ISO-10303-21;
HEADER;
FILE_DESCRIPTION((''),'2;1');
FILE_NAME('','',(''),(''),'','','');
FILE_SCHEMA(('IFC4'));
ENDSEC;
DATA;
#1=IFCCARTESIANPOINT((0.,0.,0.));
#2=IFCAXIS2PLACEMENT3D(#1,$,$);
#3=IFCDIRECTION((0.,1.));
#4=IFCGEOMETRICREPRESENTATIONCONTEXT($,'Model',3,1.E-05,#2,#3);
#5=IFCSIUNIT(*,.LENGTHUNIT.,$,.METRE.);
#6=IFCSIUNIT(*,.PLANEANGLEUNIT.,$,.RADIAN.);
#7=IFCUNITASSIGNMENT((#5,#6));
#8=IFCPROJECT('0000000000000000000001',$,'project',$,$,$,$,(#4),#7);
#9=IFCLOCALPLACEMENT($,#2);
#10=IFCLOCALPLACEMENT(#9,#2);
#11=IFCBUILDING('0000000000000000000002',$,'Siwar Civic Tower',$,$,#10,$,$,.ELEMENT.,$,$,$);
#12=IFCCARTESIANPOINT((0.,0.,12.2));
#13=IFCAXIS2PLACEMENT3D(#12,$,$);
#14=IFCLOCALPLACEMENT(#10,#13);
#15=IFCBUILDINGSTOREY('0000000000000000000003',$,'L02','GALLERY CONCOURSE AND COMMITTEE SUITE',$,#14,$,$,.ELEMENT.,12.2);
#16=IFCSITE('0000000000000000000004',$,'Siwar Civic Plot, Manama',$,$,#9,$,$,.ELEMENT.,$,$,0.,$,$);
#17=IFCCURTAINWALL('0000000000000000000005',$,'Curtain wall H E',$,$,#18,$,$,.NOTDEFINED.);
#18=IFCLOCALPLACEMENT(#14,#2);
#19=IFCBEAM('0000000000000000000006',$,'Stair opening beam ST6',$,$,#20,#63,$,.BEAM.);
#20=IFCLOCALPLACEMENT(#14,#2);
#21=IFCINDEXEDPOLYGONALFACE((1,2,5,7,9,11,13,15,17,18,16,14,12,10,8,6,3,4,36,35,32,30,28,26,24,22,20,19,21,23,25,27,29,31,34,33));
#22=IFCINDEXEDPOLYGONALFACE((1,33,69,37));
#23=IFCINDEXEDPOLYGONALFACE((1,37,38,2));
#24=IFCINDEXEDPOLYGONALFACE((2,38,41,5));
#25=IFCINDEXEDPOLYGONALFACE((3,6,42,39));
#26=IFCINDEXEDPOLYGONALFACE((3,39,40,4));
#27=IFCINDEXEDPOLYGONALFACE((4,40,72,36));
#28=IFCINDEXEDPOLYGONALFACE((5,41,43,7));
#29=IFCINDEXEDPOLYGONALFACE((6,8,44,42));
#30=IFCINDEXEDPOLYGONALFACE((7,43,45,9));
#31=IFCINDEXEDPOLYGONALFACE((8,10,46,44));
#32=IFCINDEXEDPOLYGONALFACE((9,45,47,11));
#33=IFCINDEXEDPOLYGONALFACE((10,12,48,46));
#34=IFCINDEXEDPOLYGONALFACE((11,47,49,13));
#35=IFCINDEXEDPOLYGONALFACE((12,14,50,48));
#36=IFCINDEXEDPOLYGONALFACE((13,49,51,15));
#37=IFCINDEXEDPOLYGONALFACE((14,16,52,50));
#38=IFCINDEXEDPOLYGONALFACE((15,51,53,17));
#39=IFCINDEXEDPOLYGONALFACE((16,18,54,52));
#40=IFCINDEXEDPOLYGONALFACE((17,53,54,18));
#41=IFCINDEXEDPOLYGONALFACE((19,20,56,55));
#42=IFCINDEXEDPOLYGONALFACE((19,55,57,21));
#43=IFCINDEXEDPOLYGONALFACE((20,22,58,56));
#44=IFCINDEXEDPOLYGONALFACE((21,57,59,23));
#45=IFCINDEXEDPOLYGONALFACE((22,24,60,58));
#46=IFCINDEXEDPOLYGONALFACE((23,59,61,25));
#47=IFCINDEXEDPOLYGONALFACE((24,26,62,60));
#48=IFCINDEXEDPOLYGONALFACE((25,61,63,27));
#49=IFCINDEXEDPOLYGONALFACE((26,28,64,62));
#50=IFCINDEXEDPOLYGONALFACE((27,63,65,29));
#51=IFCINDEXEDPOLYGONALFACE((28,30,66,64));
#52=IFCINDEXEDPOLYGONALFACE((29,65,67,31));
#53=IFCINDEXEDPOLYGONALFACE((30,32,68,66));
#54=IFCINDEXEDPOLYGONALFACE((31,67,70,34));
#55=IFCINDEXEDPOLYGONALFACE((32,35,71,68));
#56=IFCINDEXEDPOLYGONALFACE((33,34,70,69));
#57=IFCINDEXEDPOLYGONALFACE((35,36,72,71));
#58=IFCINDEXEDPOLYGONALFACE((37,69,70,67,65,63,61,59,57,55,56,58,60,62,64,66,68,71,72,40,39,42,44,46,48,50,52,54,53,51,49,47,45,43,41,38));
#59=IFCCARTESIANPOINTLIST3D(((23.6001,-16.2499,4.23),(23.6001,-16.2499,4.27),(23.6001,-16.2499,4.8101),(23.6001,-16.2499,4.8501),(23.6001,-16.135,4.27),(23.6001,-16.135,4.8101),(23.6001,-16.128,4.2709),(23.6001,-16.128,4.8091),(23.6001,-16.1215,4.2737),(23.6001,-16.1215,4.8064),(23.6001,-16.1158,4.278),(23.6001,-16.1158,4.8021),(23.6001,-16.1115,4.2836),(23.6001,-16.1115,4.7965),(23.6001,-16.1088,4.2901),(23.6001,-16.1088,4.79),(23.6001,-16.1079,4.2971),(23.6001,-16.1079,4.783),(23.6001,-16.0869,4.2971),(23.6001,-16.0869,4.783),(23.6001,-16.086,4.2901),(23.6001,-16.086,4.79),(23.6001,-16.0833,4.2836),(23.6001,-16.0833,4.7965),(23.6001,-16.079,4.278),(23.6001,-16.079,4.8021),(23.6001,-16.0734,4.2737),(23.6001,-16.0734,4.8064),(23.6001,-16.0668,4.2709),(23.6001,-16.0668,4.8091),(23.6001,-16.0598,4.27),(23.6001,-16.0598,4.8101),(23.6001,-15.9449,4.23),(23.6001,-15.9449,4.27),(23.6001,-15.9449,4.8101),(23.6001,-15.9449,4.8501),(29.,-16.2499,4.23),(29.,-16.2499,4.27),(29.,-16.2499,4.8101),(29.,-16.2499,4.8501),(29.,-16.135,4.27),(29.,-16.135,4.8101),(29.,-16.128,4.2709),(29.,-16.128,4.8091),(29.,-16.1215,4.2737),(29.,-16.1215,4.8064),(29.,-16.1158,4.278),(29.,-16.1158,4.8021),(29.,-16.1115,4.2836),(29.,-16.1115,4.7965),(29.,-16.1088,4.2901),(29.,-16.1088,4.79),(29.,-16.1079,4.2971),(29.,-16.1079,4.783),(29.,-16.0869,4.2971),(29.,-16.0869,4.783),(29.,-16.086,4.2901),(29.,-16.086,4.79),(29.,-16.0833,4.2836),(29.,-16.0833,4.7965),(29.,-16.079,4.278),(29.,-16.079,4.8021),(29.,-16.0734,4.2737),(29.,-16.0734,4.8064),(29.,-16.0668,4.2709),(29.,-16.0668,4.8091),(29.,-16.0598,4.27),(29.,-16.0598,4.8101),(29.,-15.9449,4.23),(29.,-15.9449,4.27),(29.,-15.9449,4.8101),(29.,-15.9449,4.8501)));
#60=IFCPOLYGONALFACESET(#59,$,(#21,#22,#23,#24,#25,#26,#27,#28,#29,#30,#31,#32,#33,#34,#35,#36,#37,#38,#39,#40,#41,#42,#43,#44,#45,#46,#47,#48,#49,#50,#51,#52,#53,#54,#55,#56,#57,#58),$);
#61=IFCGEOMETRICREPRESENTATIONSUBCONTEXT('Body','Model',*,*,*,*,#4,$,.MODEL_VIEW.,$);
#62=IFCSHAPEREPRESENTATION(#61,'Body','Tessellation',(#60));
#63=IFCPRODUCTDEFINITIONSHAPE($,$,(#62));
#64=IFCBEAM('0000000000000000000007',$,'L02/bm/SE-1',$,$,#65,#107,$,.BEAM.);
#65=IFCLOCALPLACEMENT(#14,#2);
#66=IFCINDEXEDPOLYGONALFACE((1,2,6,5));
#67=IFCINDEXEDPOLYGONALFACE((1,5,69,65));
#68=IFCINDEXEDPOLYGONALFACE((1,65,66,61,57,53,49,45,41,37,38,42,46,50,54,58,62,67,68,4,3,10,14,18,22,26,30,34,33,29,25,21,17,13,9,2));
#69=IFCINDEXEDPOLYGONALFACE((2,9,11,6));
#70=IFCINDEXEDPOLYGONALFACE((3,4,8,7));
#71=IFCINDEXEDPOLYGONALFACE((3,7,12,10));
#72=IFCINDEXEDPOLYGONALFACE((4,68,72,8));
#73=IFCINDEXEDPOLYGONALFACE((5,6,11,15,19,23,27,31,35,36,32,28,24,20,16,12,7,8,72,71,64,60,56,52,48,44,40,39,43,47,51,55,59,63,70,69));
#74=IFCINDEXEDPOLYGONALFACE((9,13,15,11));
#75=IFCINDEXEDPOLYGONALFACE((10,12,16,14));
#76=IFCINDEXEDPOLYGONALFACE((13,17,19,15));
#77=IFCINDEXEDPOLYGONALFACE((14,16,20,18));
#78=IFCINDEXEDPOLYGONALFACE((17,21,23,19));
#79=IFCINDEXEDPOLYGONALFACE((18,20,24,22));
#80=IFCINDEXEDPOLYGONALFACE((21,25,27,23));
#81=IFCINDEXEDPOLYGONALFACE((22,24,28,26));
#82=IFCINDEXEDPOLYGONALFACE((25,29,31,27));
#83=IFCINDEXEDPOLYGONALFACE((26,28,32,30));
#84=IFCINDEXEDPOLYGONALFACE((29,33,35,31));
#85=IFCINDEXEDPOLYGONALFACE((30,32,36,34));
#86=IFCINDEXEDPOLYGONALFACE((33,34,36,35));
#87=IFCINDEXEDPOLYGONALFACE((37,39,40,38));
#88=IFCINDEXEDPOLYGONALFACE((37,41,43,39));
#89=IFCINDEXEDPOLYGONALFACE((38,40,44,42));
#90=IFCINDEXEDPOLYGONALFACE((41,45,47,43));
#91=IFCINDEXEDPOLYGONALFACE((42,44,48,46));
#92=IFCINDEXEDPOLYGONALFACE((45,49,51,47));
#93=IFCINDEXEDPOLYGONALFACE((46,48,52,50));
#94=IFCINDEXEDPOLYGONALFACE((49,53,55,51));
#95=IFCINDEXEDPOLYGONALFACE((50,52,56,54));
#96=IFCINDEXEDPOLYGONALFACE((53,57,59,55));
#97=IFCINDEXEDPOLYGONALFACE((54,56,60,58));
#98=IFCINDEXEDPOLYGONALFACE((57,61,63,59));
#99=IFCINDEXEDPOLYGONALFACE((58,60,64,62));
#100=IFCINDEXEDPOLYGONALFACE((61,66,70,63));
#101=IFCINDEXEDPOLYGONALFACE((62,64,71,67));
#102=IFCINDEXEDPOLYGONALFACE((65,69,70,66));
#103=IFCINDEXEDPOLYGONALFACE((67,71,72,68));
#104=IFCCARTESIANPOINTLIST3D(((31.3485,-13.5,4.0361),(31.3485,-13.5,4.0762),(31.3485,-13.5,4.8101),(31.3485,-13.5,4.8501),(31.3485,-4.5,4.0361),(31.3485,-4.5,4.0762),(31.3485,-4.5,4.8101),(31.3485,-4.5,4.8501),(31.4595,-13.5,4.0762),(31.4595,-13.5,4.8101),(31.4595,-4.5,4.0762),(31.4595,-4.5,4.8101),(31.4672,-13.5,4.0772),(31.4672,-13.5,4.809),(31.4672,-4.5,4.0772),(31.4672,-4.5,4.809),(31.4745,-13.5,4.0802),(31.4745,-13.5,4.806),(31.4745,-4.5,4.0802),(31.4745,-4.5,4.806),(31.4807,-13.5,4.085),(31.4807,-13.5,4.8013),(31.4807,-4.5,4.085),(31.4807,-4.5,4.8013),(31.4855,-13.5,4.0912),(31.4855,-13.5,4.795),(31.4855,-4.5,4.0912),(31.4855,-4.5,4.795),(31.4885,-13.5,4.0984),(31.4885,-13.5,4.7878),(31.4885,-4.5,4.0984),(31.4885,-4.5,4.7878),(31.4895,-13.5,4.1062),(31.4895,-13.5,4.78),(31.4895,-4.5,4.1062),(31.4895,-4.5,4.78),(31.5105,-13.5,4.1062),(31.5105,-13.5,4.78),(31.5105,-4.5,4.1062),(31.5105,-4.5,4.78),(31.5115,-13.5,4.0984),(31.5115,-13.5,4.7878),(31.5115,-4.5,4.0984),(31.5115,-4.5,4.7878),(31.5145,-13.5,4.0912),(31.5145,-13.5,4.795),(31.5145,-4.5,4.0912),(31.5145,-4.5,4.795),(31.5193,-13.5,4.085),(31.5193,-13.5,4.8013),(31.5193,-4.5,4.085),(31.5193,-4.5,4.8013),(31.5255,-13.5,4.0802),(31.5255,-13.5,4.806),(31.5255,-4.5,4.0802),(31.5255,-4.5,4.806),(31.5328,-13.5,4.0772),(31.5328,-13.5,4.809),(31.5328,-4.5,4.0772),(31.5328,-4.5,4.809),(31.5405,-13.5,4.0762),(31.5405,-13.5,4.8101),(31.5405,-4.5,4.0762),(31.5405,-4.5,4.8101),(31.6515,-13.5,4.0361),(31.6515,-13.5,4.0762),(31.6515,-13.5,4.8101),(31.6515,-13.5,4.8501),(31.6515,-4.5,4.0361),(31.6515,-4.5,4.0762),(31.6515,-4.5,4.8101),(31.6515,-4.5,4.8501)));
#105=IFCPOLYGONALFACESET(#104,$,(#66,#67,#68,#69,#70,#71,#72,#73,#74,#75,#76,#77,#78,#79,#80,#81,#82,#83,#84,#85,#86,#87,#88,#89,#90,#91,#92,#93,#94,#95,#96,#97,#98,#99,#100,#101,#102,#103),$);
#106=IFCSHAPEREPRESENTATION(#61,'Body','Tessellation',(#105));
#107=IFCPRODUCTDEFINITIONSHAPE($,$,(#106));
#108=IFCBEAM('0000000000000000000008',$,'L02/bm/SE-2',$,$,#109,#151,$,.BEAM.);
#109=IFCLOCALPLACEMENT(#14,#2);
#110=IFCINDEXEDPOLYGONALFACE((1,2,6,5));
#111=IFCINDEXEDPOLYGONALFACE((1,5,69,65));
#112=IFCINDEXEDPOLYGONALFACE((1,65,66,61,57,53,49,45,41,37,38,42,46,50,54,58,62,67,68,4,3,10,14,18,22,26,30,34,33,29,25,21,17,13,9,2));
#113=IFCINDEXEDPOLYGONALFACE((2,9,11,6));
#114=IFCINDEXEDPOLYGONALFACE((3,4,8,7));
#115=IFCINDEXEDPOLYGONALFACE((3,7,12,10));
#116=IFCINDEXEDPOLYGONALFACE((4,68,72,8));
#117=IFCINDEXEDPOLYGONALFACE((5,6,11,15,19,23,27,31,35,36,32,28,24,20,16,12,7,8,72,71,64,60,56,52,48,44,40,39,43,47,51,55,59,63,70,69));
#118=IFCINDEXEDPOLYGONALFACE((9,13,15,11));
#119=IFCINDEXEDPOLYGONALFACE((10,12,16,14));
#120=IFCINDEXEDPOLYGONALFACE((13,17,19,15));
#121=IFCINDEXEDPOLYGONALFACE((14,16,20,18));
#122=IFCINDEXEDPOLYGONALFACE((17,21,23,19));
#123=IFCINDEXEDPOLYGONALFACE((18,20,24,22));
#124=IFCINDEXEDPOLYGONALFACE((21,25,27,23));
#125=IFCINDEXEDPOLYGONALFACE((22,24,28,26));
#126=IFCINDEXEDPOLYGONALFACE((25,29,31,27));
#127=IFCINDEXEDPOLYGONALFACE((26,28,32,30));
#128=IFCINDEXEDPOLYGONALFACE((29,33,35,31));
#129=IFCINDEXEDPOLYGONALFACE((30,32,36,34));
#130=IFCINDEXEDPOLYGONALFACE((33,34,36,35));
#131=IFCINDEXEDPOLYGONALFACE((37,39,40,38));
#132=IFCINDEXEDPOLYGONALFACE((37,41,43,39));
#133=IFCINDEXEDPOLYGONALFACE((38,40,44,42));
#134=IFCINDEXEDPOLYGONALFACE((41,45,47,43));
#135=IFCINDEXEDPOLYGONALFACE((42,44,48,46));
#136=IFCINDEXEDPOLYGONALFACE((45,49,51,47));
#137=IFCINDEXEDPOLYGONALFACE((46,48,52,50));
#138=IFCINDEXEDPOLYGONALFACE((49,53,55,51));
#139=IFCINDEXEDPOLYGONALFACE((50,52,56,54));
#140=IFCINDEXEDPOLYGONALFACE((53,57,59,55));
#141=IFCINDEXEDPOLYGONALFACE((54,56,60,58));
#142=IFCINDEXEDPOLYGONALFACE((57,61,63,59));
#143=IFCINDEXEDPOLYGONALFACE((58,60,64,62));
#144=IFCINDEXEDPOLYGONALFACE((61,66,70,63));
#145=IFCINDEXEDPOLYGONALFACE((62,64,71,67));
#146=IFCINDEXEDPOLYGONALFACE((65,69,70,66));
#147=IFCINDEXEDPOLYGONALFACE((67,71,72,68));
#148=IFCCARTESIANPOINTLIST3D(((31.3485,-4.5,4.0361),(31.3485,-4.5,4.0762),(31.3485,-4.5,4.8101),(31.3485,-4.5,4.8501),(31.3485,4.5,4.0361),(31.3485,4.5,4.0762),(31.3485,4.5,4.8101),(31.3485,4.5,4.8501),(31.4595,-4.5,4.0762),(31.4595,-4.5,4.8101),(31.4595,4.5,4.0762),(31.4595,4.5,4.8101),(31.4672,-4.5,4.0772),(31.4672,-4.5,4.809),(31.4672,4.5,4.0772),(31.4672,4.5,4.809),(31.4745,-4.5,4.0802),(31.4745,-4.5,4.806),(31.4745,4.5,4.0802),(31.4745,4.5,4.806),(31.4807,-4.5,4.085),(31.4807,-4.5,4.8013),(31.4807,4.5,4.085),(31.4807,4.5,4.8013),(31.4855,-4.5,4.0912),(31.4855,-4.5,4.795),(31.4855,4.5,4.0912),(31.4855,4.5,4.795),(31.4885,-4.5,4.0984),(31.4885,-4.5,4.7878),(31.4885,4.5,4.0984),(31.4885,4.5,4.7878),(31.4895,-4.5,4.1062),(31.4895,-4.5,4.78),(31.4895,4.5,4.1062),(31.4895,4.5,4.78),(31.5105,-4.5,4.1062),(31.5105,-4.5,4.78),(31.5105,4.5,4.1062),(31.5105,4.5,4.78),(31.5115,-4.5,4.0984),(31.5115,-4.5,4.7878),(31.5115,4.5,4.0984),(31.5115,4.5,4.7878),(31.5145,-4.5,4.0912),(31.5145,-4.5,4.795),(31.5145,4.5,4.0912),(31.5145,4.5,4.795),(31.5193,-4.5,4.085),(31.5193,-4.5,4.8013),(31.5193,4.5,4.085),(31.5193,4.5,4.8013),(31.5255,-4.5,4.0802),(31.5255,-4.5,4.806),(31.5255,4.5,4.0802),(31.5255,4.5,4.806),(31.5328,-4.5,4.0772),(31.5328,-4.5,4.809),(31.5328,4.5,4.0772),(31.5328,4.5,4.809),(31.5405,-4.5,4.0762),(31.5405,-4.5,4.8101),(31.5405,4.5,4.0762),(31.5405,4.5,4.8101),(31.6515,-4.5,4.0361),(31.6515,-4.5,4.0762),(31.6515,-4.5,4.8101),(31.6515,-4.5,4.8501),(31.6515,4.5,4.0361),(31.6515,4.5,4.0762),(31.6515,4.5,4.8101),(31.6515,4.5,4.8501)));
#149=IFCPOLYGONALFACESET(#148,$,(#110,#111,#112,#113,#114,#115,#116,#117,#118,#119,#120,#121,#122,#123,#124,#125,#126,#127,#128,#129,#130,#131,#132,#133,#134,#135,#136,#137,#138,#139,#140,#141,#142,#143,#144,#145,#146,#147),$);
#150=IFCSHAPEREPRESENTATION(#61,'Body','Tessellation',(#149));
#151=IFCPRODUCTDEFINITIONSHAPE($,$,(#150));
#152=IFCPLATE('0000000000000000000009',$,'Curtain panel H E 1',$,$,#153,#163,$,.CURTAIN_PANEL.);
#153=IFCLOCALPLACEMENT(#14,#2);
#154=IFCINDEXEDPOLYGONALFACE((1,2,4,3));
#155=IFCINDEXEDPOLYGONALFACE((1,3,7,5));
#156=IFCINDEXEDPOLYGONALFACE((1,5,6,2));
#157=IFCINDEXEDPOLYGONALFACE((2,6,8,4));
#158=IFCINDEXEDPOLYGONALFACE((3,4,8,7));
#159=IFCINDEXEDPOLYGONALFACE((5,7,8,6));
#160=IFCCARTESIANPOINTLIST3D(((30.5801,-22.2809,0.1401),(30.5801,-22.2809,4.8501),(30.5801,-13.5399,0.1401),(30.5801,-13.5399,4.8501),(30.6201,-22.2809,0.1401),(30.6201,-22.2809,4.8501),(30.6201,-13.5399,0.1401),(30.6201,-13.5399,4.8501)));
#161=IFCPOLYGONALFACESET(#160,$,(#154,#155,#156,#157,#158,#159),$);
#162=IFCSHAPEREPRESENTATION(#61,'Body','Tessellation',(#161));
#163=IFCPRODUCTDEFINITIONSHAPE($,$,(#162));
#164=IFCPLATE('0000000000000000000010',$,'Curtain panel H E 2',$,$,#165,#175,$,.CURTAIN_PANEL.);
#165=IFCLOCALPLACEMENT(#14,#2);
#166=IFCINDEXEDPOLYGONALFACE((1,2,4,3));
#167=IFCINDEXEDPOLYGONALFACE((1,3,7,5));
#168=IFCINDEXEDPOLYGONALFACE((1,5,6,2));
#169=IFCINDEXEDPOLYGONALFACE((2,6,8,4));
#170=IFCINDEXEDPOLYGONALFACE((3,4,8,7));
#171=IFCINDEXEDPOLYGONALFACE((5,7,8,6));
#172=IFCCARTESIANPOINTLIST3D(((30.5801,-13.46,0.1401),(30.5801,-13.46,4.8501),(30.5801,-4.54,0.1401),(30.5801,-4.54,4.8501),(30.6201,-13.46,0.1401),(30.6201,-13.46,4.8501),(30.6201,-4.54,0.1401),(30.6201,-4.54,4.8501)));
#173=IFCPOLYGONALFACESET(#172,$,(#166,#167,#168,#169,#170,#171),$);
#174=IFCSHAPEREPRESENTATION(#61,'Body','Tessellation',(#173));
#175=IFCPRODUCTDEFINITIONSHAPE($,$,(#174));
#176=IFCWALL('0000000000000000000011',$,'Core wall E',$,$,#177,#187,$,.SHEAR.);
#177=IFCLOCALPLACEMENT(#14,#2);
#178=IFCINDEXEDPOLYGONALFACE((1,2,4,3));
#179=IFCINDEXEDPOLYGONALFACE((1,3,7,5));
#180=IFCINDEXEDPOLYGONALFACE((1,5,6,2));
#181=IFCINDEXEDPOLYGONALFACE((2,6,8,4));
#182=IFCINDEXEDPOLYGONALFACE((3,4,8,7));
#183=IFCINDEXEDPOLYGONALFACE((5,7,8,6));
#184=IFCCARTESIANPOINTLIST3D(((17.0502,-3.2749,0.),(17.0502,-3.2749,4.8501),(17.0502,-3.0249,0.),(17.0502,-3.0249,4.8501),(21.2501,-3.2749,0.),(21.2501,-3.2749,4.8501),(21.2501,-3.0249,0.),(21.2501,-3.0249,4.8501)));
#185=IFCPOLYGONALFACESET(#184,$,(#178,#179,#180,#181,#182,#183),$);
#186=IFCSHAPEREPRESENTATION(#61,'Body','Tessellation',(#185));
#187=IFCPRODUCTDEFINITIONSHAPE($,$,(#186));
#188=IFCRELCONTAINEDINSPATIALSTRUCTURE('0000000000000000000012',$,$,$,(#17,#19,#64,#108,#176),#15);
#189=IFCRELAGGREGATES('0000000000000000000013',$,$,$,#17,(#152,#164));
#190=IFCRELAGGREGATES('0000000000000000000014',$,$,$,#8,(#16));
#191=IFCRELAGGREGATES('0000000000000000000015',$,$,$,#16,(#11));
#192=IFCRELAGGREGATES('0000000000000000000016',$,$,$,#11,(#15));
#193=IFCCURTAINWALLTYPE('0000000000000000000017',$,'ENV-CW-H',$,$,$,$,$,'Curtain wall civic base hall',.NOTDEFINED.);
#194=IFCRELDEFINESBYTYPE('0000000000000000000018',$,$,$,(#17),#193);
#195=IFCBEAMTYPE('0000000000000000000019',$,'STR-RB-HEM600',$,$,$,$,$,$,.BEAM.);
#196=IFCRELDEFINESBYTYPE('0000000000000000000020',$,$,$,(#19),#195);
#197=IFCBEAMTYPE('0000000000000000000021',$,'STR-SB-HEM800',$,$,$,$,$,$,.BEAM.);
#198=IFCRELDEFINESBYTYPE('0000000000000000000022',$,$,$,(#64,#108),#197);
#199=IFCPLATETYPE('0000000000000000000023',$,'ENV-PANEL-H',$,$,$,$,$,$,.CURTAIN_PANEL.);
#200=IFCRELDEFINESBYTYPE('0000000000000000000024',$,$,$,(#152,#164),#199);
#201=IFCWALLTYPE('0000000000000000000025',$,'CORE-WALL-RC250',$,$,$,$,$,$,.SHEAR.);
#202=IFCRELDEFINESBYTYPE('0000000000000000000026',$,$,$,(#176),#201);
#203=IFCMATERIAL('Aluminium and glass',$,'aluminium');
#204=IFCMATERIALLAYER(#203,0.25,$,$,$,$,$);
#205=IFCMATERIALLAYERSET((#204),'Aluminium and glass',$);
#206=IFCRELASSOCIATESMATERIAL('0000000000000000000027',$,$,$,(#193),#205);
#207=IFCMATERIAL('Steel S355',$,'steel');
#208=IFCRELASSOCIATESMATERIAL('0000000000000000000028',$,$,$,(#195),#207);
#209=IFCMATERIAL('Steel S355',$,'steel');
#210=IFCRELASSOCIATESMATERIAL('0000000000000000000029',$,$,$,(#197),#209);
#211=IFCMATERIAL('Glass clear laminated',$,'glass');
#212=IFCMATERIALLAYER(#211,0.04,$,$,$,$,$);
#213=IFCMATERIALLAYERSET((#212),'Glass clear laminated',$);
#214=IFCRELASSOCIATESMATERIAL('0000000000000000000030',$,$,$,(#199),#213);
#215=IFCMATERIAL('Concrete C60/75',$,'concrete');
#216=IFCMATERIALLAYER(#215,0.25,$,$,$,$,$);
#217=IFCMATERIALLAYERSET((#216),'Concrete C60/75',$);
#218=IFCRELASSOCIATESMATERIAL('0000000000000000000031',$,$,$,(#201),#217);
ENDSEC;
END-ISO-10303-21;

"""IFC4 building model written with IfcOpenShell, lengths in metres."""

from ifc_helpers import new_model, si_unit, direction, frame, frame_2d, origin, origin_2d, place, context, subcontext, project, spatial, rectangle, i_section, extrude, material, layer, layer_set, material_profile, profile_set, type_object, element, aggregate, save


model = new_model("IFC4")

# Units and contexts
model_context = context("Model", 3, precision=1e-05, world=origin(), true_north=direction((0.0, 1.0)))
body_context = subcontext(model_context, "Body", "Model", "MODEL_VIEW")
ifc_project = project(units=[si_unit("LENGTHUNIT", "METRE"), si_unit("PLANEANGLEUNIT", "RADIAN")], contexts=[model_context])

# Site, building, storey
site_placement = place(None, origin())
site = spatial("IfcSite", under=ifc_project, at=site_placement, Name="Siwar Civic Plot, Manama", CompositionType="ELEMENT", RefElevation=0.0)
building_placement = place(site_placement, origin())
building = spatial("IfcBuilding", under=site, at=building_placement, Name="Siwar Civic Tower", CompositionType="ELEMENT")
storey_placement = place(building_placement, frame((0.0, 0.0, 12.2)))
storey = spatial("IfcBuildingStorey", under=building, at=storey_placement, Name="L02", Description="GALLERY CONCOURSE AND COMMITTEE SUITE", CompositionType="ELEMENT", Elevation=12.2)

# Curtain wall
ifc_material_1 = material(Name="Aluminium and glass", Category="aluminium")
ifc_layer_1 = layer(ifc_material_1, 0.25)
ifc_layer_set_1 = layer_set([ifc_layer_1], Name="Aluminium and glass")
curtain_wall_type = type_object("IfcCurtainWallType", Name="ENV-CW-H", ElementType="Curtain wall civic base hall", PredefinedType="NOTDEFINED", material=ifc_layer_set_1)
curtain_wall_placement = place(storey_placement, origin())
curtain_wall = element("IfcCurtainWall", 1, at=curtain_wall_placement, inside=storey, type_object=curtain_wall_type, Name="Curtain wall H E", PredefinedType="NOTDEFINED")

# Beams
ifc_material_2 = material(Name="Steel S355", Category="steel")
ifc_material_profile_1 = material_profile(ifc_material_2, i_section(OverallWidth=0.3049, OverallDepth=0.6201, WebThickness=0.021, FlangeThickness=0.04, FilletRadius=0.0271, at=origin_2d()), Name="HEM600")
ifc_profile_set_1 = profile_set([ifc_material_profile_1], Name="Steel S355")
beam_type_1 = type_object("IfcBeamType", Name="STR-RB-HEM600", PredefinedType="BEAM", material=ifc_profile_set_1)
beam_1_placement = place(storey_placement, frame((29.0, -16.0974, 4.54), z_axis=(-1.0, 0.0, 0.0), x_axis=(0.0, -1.0, 0.0)))
element("IfcBeam", 2, at=beam_1_placement, inside=storey, type_object=beam_type_1, Name="Stair opening beam ST6", PredefinedType="BEAM", context=body_context, shape_type="SweptSolid", body=[
    extrude(i_section(OverallWidth=0.3049, OverallDepth=0.6201, WebThickness=0.021, FlangeThickness=0.04, FilletRadius=0.0271, at=origin_2d()), origin(), (0.0, 0.0, 1.0), 5.3999),
])
ifc_material_3 = material(Name="Steel S355", Category="steel")
ifc_material_profile_2 = material_profile(ifc_material_3, i_section(OverallWidth=0.303, OverallDepth=0.814, WebThickness=0.021, FlangeThickness=0.04, FilletRadius=0.03, at=origin_2d()), Name="HEM800")
ifc_profile_set_2 = profile_set([ifc_material_profile_2], Name="Steel S355")
beam_type_2 = type_object("IfcBeamType", Name="STR-SB-HEM800", PredefinedType="BEAM", material=ifc_profile_set_2)
for number, where, z_axis, x_axis, name in (
    (3, (31.5, -13.5, 4.4431), (0.0, 1.0, 0.0), (-1.0, 0.0, 0.0), "L02/bm/SE-1"),
    (4, (31.5, -4.5, 4.4431), (0.0, 1.0, 0.0), (-1.0, 0.0, 0.0), "L02/bm/SE-2"),
):
    element("IfcBeam", number, at=place(storey_placement, frame(where, z_axis=z_axis, x_axis=x_axis)), inside=storey, type_object=beam_type_2, Name=name, PredefinedType="BEAM", context=body_context, shape_type="SweptSolid", body=[
        extrude(i_section(OverallWidth=0.303, OverallDepth=0.814, WebThickness=0.021, FlangeThickness=0.04, FilletRadius=0.03, at=origin_2d()), origin(), (0.0, 0.0, 1.0), 9.0),
    ])

# Plates
ifc_material_4 = material(Name="Glass clear laminated", Category="glass")
ifc_layer_2 = layer(ifc_material_4, 0.04)
ifc_layer_set_2 = layer_set([ifc_layer_2], Name="Glass clear laminated")
plate_type = type_object("IfcPlateType", Name="ENV-PANEL-H", PredefinedType="CURTAIN_PANEL", material=ifc_layer_set_2)
plate_1_placement = place(storey_placement, frame((30.6001, -17.9104, 0.1401), z_axis=(0.0, 0.0, 1.0), x_axis=(0.0, 1.0, 0.0)))
plate_1 = element("IfcPlate", 5, at=plate_1_placement, type_object=plate_type, Name="Curtain panel H E 1", PredefinedType="CURTAIN_PANEL", context=body_context, shape_type="SweptSolid", body=[
    extrude(rectangle(XDim=8.741, YDim=0.04, at=origin_2d()), origin(), (0.0, 0.0, 1.0), 4.71),
])
plate_2_placement = place(storey_placement, frame((30.6001, -9.0, 0.1401), z_axis=(0.0, 0.0, 1.0), x_axis=(0.0, 1.0, 0.0)))
plate_2 = element("IfcPlate", 6, at=plate_2_placement, type_object=plate_type, Name="Curtain panel H E 2", PredefinedType="CURTAIN_PANEL", context=body_context, shape_type="SweptSolid", body=[
    extrude(rectangle(XDim=8.9199, YDim=0.04, at=origin_2d()), origin(), (0.0, 0.0, 1.0), 4.71),
])
aggregate(curtain_wall, [plate_1, plate_2])

# Wall
ifc_material_5 = material(Name="Concrete C60/75", Category="concrete")
ifc_layer_3 = layer(ifc_material_5, 0.25)
ifc_layer_set_3 = layer_set([ifc_layer_3], Name="Concrete C60/75")
wall_type_1 = type_object("IfcWallType", Name="CORE-WALL-RC250", PredefinedType="SHEAR", material=ifc_layer_set_3)
wall_1_placement = place(storey_placement, frame((17.05, -3.1499, 0.0), z_axis=(0.0, 0.0, 1.0), x_axis=(1.0, 0.0, 0.0)))
element("IfcWall", 7, at=wall_1_placement, inside=storey, type_object=wall_type_1, Name="Core wall E", PredefinedType="SHEAR", context=body_context, shape_type="SweptSolid", body=[
    extrude(rectangle(XDim=4.2, YDim=0.25, at=frame_2d((2.1001, 0.0))), origin(), (0.0, 0.0, 1.0), 4.8501),
])

save(model, "model.ifc")
